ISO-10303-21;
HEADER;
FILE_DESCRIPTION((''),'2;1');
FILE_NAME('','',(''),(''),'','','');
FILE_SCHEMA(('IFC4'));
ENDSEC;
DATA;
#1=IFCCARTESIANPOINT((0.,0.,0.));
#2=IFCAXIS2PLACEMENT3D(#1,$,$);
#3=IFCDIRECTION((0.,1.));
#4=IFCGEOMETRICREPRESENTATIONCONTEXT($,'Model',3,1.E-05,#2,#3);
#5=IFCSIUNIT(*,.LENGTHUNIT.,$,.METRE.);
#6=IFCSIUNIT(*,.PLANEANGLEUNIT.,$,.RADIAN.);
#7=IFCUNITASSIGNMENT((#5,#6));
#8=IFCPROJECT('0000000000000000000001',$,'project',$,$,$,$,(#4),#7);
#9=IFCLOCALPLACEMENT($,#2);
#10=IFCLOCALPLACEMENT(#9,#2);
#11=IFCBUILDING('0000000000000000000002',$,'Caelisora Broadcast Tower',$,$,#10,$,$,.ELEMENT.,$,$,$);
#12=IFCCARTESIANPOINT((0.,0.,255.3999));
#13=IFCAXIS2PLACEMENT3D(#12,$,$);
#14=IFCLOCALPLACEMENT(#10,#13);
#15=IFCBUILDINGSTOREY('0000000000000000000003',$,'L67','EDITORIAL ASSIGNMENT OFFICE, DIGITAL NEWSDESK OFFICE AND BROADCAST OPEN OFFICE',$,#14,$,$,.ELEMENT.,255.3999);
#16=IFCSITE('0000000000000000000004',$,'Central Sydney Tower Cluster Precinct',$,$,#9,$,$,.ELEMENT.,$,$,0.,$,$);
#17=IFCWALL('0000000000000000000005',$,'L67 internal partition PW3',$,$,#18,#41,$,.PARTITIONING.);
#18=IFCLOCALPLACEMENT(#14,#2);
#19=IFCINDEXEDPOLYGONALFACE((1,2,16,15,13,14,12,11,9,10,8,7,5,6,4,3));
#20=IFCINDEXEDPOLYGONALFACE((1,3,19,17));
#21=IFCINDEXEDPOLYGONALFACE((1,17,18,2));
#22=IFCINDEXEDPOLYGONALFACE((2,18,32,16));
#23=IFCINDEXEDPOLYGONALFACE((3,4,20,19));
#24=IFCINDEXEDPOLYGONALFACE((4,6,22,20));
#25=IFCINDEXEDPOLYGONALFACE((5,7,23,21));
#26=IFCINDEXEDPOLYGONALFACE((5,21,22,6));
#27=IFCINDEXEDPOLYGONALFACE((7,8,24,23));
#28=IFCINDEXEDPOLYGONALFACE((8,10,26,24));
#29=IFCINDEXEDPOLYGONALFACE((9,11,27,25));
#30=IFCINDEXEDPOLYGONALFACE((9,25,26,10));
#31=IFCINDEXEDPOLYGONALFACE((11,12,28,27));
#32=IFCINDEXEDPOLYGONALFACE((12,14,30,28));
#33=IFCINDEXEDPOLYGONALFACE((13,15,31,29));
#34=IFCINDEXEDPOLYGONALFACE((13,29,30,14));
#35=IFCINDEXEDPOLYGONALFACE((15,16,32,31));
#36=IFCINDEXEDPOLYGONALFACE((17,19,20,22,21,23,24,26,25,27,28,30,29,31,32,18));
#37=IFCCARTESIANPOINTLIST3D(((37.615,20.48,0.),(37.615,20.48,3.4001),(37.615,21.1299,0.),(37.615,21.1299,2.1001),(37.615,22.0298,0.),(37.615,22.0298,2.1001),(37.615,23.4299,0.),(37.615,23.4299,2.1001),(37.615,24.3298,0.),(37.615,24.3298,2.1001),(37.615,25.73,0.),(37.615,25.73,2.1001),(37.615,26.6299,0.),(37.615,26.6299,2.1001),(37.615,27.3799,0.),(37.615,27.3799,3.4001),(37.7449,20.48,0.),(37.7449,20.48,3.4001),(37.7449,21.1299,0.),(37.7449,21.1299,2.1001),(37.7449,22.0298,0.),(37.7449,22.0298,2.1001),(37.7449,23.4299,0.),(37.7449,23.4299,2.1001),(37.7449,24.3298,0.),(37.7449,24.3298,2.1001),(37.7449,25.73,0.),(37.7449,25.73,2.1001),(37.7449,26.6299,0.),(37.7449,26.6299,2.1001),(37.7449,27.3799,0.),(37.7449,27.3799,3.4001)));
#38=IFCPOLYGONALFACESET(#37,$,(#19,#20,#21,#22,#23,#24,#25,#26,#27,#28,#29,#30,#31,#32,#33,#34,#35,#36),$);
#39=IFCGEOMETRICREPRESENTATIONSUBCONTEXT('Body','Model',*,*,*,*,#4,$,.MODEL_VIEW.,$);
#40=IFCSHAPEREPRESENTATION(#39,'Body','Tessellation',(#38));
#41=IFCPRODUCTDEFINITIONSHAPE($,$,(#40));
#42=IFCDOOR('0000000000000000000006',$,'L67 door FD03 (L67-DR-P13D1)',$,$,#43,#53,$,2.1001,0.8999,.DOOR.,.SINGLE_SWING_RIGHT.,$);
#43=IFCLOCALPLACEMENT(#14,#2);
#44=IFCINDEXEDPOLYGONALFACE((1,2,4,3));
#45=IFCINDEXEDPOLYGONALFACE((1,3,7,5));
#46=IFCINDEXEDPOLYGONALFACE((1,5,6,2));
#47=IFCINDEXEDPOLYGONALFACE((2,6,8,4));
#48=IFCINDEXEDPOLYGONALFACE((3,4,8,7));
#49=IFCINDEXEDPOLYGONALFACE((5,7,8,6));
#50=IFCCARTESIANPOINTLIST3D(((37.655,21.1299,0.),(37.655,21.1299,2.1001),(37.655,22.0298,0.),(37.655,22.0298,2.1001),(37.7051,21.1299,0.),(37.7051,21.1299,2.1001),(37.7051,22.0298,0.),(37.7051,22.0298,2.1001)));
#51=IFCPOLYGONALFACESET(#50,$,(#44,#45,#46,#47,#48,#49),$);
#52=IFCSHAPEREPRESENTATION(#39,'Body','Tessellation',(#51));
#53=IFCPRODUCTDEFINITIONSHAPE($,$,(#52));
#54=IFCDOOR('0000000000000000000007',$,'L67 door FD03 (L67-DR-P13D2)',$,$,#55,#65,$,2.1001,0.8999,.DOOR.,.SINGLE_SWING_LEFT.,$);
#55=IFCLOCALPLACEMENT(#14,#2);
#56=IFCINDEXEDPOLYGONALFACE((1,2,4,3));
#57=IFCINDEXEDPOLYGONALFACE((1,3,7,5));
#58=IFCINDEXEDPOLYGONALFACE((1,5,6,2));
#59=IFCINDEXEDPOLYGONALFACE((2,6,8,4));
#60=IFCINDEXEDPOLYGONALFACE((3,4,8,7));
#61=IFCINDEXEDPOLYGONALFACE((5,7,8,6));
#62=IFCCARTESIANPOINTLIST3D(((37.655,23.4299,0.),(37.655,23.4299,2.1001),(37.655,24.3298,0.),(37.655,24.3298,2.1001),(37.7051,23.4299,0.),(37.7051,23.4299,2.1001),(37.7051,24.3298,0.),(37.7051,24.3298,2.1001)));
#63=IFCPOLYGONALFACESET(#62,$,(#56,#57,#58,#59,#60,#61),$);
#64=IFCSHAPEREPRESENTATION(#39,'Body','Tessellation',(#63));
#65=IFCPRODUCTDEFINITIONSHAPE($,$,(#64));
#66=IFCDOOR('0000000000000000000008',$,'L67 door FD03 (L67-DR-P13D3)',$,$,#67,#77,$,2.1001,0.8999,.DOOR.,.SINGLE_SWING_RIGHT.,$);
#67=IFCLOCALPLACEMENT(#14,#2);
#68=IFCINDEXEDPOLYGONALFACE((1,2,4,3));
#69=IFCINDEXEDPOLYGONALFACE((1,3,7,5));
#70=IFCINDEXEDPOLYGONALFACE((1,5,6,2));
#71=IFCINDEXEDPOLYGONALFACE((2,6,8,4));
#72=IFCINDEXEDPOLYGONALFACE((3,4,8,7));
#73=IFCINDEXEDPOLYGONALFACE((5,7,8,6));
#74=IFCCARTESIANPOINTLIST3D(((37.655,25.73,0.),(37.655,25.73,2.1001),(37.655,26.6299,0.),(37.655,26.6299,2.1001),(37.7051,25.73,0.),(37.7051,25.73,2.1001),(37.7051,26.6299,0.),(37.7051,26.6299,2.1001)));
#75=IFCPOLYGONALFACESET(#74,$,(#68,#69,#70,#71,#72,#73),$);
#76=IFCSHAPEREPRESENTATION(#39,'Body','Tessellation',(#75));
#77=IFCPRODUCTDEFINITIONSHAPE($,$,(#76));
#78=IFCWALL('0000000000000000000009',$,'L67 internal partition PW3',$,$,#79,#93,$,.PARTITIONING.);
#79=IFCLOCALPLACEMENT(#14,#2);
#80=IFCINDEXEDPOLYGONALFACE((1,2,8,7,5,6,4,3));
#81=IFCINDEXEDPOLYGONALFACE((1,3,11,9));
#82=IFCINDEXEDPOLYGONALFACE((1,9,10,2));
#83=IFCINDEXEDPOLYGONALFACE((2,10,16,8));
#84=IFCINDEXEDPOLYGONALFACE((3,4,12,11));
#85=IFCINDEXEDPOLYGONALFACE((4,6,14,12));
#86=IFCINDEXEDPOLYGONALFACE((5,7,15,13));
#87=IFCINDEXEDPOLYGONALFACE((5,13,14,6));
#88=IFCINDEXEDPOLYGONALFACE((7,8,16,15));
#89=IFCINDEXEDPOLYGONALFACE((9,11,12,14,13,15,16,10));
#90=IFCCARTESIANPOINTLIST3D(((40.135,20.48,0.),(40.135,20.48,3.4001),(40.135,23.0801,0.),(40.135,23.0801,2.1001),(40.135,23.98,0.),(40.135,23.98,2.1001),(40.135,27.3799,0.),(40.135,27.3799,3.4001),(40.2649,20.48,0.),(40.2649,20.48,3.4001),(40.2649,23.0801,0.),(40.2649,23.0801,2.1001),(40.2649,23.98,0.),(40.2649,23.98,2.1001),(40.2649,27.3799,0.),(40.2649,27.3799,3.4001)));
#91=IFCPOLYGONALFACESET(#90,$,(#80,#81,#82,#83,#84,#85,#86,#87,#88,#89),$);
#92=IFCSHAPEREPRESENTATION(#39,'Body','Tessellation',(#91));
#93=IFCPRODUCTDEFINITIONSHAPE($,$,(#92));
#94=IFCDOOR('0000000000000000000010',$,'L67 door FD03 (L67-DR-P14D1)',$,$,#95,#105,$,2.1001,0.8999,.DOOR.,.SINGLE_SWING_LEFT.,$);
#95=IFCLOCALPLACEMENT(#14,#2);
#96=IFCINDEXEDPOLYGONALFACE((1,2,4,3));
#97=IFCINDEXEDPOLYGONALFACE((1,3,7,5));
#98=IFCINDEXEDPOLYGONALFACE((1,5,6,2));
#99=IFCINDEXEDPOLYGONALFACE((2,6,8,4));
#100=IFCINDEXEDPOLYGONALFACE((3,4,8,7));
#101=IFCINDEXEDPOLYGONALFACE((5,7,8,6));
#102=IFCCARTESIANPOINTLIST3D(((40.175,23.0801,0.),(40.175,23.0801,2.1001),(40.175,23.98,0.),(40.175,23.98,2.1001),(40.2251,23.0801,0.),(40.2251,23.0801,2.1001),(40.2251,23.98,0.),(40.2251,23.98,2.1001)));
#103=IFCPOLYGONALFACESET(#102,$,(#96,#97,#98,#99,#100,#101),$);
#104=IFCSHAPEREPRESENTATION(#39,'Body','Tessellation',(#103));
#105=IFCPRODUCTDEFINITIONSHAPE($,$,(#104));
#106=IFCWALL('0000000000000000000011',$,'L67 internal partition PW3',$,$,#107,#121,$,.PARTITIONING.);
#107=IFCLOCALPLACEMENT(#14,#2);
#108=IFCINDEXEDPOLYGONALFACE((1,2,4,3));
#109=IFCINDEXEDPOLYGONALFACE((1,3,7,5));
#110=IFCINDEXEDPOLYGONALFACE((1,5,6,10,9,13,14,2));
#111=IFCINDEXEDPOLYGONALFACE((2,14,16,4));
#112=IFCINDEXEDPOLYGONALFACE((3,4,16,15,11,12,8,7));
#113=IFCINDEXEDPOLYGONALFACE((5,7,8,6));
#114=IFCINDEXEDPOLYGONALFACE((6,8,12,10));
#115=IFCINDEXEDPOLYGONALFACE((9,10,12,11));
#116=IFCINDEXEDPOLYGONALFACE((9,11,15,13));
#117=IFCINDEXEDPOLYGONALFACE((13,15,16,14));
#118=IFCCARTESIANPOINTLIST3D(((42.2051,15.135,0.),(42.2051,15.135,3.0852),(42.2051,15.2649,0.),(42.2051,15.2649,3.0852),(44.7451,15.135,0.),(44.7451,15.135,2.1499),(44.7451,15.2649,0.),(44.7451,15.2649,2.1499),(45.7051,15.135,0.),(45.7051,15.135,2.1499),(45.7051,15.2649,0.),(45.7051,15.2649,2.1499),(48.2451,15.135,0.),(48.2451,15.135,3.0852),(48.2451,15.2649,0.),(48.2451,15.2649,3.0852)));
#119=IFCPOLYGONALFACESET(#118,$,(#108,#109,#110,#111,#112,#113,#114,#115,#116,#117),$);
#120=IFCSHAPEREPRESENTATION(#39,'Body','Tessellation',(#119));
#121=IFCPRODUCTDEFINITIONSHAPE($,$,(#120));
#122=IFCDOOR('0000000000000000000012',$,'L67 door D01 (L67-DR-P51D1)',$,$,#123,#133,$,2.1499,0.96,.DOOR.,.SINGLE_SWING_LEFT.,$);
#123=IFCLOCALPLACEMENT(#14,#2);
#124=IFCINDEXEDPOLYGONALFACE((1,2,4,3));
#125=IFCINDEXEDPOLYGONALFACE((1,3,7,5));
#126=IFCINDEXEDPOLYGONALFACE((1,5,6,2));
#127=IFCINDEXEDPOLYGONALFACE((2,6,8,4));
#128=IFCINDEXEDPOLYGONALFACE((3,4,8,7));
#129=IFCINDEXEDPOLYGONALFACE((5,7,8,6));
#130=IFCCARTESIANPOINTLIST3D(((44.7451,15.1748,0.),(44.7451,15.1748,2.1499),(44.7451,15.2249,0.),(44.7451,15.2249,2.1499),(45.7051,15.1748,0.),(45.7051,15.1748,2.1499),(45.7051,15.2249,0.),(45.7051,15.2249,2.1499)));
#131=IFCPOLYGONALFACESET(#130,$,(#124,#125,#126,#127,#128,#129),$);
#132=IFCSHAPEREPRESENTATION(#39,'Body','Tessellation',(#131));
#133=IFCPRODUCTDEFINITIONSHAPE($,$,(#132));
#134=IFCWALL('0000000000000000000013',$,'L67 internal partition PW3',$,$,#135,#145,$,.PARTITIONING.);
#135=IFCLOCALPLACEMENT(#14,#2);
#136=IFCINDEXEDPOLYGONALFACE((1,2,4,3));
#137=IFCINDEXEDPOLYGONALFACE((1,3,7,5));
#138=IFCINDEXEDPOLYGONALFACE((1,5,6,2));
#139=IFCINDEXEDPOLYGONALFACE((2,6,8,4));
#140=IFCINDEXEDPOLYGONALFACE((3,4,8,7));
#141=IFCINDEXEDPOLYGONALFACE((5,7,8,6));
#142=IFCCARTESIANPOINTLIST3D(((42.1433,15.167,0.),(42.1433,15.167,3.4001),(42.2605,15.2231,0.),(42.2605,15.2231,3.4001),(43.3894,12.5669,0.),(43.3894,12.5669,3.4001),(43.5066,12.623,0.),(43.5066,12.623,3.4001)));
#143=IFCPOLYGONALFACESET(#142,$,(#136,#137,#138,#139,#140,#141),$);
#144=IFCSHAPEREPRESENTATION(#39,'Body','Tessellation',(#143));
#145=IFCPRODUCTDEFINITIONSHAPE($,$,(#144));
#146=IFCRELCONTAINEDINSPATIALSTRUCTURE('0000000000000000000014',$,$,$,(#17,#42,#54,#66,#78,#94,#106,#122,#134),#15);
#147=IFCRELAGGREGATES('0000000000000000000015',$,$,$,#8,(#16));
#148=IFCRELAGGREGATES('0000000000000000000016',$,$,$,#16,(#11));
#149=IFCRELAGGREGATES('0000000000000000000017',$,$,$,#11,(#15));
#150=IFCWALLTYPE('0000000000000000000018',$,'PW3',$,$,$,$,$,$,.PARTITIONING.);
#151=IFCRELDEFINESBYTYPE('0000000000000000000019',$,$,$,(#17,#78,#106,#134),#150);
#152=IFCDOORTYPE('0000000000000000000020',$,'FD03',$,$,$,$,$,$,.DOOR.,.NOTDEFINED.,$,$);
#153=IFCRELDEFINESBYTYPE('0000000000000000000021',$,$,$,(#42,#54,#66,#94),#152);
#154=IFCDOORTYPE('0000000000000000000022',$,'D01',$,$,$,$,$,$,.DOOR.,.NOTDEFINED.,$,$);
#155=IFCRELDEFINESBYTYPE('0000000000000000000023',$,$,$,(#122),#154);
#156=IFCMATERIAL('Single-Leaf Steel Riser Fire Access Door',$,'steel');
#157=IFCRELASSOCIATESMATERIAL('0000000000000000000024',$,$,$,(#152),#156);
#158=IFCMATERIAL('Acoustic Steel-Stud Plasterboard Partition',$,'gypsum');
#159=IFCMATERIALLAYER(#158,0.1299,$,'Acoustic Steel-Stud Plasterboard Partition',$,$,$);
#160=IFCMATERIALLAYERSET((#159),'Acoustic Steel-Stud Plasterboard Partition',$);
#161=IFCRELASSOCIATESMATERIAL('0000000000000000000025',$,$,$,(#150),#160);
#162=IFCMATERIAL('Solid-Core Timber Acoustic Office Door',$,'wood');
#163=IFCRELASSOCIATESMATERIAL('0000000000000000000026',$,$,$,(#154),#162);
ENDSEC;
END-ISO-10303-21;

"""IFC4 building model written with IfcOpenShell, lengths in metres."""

from ifc_helpers import new_model, si_unit, direction, frame, frame_2d, origin, place, context, subcontext, project, spatial, rectangle, extrude, material, layer, layer_set, type_object, element, fill, save


model = new_model("IFC4")

# Units and contexts
model_context = context("Model", 3, precision=1e-05, world=origin(), true_north=direction((0.0, 1.0)))
body_context = subcontext(model_context, "Body", "Model", "MODEL_VIEW")
ifc_project = project(units=[si_unit("LENGTHUNIT", "METRE"), si_unit("PLANEANGLEUNIT", "RADIAN")], contexts=[model_context])

# Site, building, storey
site_placement = place(None, origin())
site = spatial("IfcSite", under=ifc_project, at=site_placement, Name="Central Sydney Tower Cluster Precinct", CompositionType="ELEMENT", RefElevation=0.0)
building_placement = place(site_placement, origin())
building = spatial("IfcBuilding", under=site, at=building_placement, Name="Caelisora Broadcast Tower", CompositionType="ELEMENT")
storey_placement = place(building_placement, frame((0.0, 0.0, 255.3999)))
storey = spatial("IfcBuildingStorey", under=building, at=storey_placement, Name="L67", Description="EDITORIAL ASSIGNMENT OFFICE, DIGITAL NEWSDESK OFFICE AND BROADCAST OPEN OFFICE", CompositionType="ELEMENT", Elevation=255.3999)

# Shared definitions
ifc_material_1 = material(Name="Single-Leaf Steel Riser Fire Access Door", Category="steel")
door_type_1 = type_object("IfcDoorType", Name="FD03", OperationType="NOTDEFINED", PredefinedType="DOOR", material=ifc_material_1)

# Wall, openings, doors
ifc_material_2 = material(Name="Acoustic Steel-Stud Plasterboard Partition", Category="gypsum")
ifc_layer_1 = layer(ifc_material_2, 0.1299, Name="Acoustic Steel-Stud Plasterboard Partition")
ifc_layer_set_1 = layer_set([ifc_layer_1], Name="Acoustic Steel-Stud Plasterboard Partition")
wall_type_1 = type_object("IfcWallType", Name="PW3", PredefinedType="PARTITIONING", material=ifc_layer_set_1)
wall_1_placement = place(storey_placement, frame((37.6799, 20.48, 0.0), z_axis=(0.0, 0.0, 1.0), x_axis=(0.0, 1.0, 0.0)))
wall_1 = element("IfcWall", 1, at=wall_1_placement, inside=storey, type_object=wall_type_1, Name="L67 internal partition PW3", PredefinedType="PARTITIONING", context=body_context, shape_type="SweptSolid", body=[
    extrude(rectangle(XDim=6.8999, YDim=0.1299, at=frame_2d((3.45, 0.0))), origin(), (0.0, 0.0, 1.0), 3.4001),
])
opening_1_placement = place(wall_1_placement, frame((0.6499, 0.0, 0.0)))
opening_1 = element("IfcOpeningElement", 2, at=opening_1_placement, cuts=wall_1, PredefinedType="OPENING", context=body_context, shape_type="SweptSolid", body=[
    extrude(rectangle(XDim=0.8999, YDim=2.1001, at=frame_2d((0.45, 1.05))), frame((0.0, 0.0769, 0.0), z_axis=(0.0, -1.0, 0.0), x_axis=(1.0, 0.0, 0.0)), (0.0, 0.0, 1.0), 0.1538),
])
opening_2_placement = place(wall_1_placement, frame((2.95, 0.0, 0.0)))
opening_2 = element("IfcOpeningElement", 3, at=opening_2_placement, cuts=wall_1, PredefinedType="OPENING", context=body_context, shape_type="SweptSolid", body=[
    extrude(rectangle(XDim=0.8999, YDim=2.1001, at=frame_2d((0.45, 1.05))), frame((0.0, 0.0769, 0.0), z_axis=(0.0, -1.0, 0.0), x_axis=(1.0, 0.0, 0.0)), (0.0, 0.0, 1.0), 0.1538),
])
opening_3_placement = place(wall_1_placement, frame((5.25, 0.0, 0.0)))
opening_3 = element("IfcOpeningElement", 4, at=opening_3_placement, cuts=wall_1, PredefinedType="OPENING", context=body_context, shape_type="SweptSolid", body=[
    extrude(rectangle(XDim=0.8999, YDim=2.1001, at=frame_2d((0.45, 1.05))), frame((0.0, 0.0769, 0.0), z_axis=(0.0, -1.0, 0.0), x_axis=(1.0, 0.0, 0.0)), (0.0, 0.0, 1.0), 0.1538),
])
door_1_placement = place(opening_1_placement, origin())
door_1 = element("IfcDoor", 5, at=door_1_placement, inside=storey, type_object=door_type_1, Name="L67 door FD03 (L67-DR-P13D1)", OperationType="SINGLE_SWING_RIGHT", OverallHeight=2.1001, OverallWidth=0.8999, PredefinedType="DOOR", context=body_context, shape_type="SweptSolid", body=[
    extrude(rectangle(XDim=0.8999, YDim=2.1001, at=frame_2d((0.45, 1.05))), frame((0.0, 0.0249, 0.0), z_axis=(0.0, -1.0, 0.0), x_axis=(1.0, 0.0, 0.0)), (0.0, 0.0, 1.0), 0.05),
])
fill(opening_1, door_1)
door_2_placement = place(opening_2_placement, origin())
door_2 = element("IfcDoor", 6, at=door_2_placement, inside=storey, type_object=door_type_1, Name="L67 door FD03 (L67-DR-P13D2)", OperationType="SINGLE_SWING_LEFT", OverallHeight=2.1001, OverallWidth=0.8999, PredefinedType="DOOR", context=body_context, shape_type="SweptSolid", body=[
    extrude(rectangle(XDim=0.8999, YDim=2.1001, at=frame_2d((0.45, 1.05))), frame((0.0, 0.0249, 0.0), z_axis=(0.0, -1.0, 0.0), x_axis=(1.0, 0.0, 0.0)), (0.0, 0.0, 1.0), 0.05),
])
fill(opening_2, door_2)
door_3_placement = place(opening_3_placement, origin())
door_3 = element("IfcDoor", 7, at=door_3_placement, inside=storey, type_object=door_type_1, Name="L67 door FD03 (L67-DR-P13D3)", OperationType="SINGLE_SWING_RIGHT", OverallHeight=2.1001, OverallWidth=0.8999, PredefinedType="DOOR", context=body_context, shape_type="SweptSolid", body=[
    extrude(rectangle(XDim=0.8999, YDim=2.1001, at=frame_2d((0.45, 1.05))), frame((0.0, 0.0249, 0.0), z_axis=(0.0, -1.0, 0.0), x_axis=(1.0, 0.0, 0.0)), (0.0, 0.0, 1.0), 0.05),
])
fill(opening_3, door_3)

# Walls, openings, doors
wall_2_placement = place(storey_placement, frame((40.2, 20.48, 0.0), z_axis=(0.0, 0.0, 1.0), x_axis=(0.0, 1.0, 0.0)))
wall_2 = element("IfcWall", 8, at=wall_2_placement, inside=storey, type_object=wall_type_1, Name="L67 internal partition PW3", PredefinedType="PARTITIONING", context=body_context, shape_type="SweptSolid", body=[
    extrude(rectangle(XDim=6.8999, YDim=0.1299, at=frame_2d((3.45, 0.0))), origin(), (0.0, 0.0, 1.0), 3.4001),
])
opening_4_placement = place(wall_2_placement, frame((2.6001, 0.0, 0.0)))
opening_4 = element("IfcOpeningElement", 9, at=opening_4_placement, cuts=wall_2, PredefinedType="OPENING", context=body_context, shape_type="SweptSolid", body=[
    extrude(rectangle(XDim=0.8999, YDim=2.1001, at=frame_2d((0.45, 1.05))), frame((0.0, 0.0769, 0.0), z_axis=(0.0, -1.0, 0.0), x_axis=(1.0, 0.0, 0.0)), (0.0, 0.0, 1.0), 0.1538),
])
door_4_placement = place(opening_4_placement, origin())
door_4 = element("IfcDoor", 10, at=door_4_placement, inside=storey, type_object=door_type_1, Name="L67 door FD03 (L67-DR-P14D1)", OperationType="SINGLE_SWING_LEFT", OverallHeight=2.1001, OverallWidth=0.8999, PredefinedType="DOOR", context=body_context, shape_type="SweptSolid", body=[
    extrude(rectangle(XDim=0.8999, YDim=2.1001, at=frame_2d((0.45, 1.05))), frame((0.0, 0.0249, 0.0), z_axis=(0.0, -1.0, 0.0), x_axis=(1.0, 0.0, 0.0)), (0.0, 0.0, 1.0), 0.05),
])
fill(opening_4, door_4)
wall_3_placement = place(storey_placement, frame((42.2051, 15.2, 0.0), z_axis=(0.0, 0.0, 1.0), x_axis=(1.0, 0.0, 0.0)))
wall_3 = element("IfcWall", 11, at=wall_3_placement, inside=storey, type_object=wall_type_1, Name="L67 internal partition PW3", PredefinedType="PARTITIONING", context=body_context, shape_type="SweptSolid", body=[
    extrude(rectangle(XDim=6.04, YDim=0.1299, at=frame_2d((3.02, 0.0))), origin(), (0.0, 0.0, 1.0), 3.0852),
])
opening_5_placement = place(wall_3_placement, frame((2.54, 0.0, 0.0)))
opening_5 = element("IfcOpeningElement", 12, at=opening_5_placement, cuts=wall_3, PredefinedType="OPENING", context=body_context, shape_type="SweptSolid", body=[
    extrude(rectangle(XDim=0.96, YDim=2.1499, at=frame_2d((0.48, 1.075))), frame((0.0, 0.0769, 0.0), z_axis=(0.0, -1.0, 0.0), x_axis=(1.0, 0.0, 0.0)), (0.0, 0.0, 1.0), 0.1538),
])
ifc_material_3 = material(Name="Solid-Core Timber Acoustic Office Door", Category="wood")
door_type_2 = type_object("IfcDoorType", Name="D01", OperationType="NOTDEFINED", PredefinedType="DOOR", material=ifc_material_3)
door_5_placement = place(opening_5_placement, origin())
door_5 = element("IfcDoor", 13, at=door_5_placement, inside=storey, type_object=door_type_2, Name="L67 door D01 (L67-DR-P51D1)", OperationType="SINGLE_SWING_LEFT", OverallHeight=2.1499, OverallWidth=0.96, PredefinedType="DOOR", context=body_context, shape_type="SweptSolid", body=[
    extrude(rectangle(XDim=0.96, YDim=2.1499, at=frame_2d((0.48, 1.075))), frame((0.0, 0.0249, 0.0), z_axis=(0.0, -1.0, 0.0), x_axis=(1.0, 0.0, 0.0)), (0.0, 0.0, 1.0), 0.05),
])
fill(opening_5, door_5)

# Wall
wall_4_placement = place(storey_placement, frame((42.2019, 15.1951, 0.0), z_axis=(0.0, 0.0, 1.0), x_axis=(0.43218, -0.901787, 0.0)))
element("IfcWall", 14, at=wall_4_placement, inside=storey, type_object=wall_type_1, Name="L67 internal partition PW3", PredefinedType="PARTITIONING", context=body_context, shape_type="SweptSolid", body=[
    extrude(rectangle(XDim=2.8833, YDim=0.1299, at=frame_2d((1.4417, 0.0))), origin(), (0.0, 0.0, 1.0), 3.4001),
])

save(model, "model.ifc")
